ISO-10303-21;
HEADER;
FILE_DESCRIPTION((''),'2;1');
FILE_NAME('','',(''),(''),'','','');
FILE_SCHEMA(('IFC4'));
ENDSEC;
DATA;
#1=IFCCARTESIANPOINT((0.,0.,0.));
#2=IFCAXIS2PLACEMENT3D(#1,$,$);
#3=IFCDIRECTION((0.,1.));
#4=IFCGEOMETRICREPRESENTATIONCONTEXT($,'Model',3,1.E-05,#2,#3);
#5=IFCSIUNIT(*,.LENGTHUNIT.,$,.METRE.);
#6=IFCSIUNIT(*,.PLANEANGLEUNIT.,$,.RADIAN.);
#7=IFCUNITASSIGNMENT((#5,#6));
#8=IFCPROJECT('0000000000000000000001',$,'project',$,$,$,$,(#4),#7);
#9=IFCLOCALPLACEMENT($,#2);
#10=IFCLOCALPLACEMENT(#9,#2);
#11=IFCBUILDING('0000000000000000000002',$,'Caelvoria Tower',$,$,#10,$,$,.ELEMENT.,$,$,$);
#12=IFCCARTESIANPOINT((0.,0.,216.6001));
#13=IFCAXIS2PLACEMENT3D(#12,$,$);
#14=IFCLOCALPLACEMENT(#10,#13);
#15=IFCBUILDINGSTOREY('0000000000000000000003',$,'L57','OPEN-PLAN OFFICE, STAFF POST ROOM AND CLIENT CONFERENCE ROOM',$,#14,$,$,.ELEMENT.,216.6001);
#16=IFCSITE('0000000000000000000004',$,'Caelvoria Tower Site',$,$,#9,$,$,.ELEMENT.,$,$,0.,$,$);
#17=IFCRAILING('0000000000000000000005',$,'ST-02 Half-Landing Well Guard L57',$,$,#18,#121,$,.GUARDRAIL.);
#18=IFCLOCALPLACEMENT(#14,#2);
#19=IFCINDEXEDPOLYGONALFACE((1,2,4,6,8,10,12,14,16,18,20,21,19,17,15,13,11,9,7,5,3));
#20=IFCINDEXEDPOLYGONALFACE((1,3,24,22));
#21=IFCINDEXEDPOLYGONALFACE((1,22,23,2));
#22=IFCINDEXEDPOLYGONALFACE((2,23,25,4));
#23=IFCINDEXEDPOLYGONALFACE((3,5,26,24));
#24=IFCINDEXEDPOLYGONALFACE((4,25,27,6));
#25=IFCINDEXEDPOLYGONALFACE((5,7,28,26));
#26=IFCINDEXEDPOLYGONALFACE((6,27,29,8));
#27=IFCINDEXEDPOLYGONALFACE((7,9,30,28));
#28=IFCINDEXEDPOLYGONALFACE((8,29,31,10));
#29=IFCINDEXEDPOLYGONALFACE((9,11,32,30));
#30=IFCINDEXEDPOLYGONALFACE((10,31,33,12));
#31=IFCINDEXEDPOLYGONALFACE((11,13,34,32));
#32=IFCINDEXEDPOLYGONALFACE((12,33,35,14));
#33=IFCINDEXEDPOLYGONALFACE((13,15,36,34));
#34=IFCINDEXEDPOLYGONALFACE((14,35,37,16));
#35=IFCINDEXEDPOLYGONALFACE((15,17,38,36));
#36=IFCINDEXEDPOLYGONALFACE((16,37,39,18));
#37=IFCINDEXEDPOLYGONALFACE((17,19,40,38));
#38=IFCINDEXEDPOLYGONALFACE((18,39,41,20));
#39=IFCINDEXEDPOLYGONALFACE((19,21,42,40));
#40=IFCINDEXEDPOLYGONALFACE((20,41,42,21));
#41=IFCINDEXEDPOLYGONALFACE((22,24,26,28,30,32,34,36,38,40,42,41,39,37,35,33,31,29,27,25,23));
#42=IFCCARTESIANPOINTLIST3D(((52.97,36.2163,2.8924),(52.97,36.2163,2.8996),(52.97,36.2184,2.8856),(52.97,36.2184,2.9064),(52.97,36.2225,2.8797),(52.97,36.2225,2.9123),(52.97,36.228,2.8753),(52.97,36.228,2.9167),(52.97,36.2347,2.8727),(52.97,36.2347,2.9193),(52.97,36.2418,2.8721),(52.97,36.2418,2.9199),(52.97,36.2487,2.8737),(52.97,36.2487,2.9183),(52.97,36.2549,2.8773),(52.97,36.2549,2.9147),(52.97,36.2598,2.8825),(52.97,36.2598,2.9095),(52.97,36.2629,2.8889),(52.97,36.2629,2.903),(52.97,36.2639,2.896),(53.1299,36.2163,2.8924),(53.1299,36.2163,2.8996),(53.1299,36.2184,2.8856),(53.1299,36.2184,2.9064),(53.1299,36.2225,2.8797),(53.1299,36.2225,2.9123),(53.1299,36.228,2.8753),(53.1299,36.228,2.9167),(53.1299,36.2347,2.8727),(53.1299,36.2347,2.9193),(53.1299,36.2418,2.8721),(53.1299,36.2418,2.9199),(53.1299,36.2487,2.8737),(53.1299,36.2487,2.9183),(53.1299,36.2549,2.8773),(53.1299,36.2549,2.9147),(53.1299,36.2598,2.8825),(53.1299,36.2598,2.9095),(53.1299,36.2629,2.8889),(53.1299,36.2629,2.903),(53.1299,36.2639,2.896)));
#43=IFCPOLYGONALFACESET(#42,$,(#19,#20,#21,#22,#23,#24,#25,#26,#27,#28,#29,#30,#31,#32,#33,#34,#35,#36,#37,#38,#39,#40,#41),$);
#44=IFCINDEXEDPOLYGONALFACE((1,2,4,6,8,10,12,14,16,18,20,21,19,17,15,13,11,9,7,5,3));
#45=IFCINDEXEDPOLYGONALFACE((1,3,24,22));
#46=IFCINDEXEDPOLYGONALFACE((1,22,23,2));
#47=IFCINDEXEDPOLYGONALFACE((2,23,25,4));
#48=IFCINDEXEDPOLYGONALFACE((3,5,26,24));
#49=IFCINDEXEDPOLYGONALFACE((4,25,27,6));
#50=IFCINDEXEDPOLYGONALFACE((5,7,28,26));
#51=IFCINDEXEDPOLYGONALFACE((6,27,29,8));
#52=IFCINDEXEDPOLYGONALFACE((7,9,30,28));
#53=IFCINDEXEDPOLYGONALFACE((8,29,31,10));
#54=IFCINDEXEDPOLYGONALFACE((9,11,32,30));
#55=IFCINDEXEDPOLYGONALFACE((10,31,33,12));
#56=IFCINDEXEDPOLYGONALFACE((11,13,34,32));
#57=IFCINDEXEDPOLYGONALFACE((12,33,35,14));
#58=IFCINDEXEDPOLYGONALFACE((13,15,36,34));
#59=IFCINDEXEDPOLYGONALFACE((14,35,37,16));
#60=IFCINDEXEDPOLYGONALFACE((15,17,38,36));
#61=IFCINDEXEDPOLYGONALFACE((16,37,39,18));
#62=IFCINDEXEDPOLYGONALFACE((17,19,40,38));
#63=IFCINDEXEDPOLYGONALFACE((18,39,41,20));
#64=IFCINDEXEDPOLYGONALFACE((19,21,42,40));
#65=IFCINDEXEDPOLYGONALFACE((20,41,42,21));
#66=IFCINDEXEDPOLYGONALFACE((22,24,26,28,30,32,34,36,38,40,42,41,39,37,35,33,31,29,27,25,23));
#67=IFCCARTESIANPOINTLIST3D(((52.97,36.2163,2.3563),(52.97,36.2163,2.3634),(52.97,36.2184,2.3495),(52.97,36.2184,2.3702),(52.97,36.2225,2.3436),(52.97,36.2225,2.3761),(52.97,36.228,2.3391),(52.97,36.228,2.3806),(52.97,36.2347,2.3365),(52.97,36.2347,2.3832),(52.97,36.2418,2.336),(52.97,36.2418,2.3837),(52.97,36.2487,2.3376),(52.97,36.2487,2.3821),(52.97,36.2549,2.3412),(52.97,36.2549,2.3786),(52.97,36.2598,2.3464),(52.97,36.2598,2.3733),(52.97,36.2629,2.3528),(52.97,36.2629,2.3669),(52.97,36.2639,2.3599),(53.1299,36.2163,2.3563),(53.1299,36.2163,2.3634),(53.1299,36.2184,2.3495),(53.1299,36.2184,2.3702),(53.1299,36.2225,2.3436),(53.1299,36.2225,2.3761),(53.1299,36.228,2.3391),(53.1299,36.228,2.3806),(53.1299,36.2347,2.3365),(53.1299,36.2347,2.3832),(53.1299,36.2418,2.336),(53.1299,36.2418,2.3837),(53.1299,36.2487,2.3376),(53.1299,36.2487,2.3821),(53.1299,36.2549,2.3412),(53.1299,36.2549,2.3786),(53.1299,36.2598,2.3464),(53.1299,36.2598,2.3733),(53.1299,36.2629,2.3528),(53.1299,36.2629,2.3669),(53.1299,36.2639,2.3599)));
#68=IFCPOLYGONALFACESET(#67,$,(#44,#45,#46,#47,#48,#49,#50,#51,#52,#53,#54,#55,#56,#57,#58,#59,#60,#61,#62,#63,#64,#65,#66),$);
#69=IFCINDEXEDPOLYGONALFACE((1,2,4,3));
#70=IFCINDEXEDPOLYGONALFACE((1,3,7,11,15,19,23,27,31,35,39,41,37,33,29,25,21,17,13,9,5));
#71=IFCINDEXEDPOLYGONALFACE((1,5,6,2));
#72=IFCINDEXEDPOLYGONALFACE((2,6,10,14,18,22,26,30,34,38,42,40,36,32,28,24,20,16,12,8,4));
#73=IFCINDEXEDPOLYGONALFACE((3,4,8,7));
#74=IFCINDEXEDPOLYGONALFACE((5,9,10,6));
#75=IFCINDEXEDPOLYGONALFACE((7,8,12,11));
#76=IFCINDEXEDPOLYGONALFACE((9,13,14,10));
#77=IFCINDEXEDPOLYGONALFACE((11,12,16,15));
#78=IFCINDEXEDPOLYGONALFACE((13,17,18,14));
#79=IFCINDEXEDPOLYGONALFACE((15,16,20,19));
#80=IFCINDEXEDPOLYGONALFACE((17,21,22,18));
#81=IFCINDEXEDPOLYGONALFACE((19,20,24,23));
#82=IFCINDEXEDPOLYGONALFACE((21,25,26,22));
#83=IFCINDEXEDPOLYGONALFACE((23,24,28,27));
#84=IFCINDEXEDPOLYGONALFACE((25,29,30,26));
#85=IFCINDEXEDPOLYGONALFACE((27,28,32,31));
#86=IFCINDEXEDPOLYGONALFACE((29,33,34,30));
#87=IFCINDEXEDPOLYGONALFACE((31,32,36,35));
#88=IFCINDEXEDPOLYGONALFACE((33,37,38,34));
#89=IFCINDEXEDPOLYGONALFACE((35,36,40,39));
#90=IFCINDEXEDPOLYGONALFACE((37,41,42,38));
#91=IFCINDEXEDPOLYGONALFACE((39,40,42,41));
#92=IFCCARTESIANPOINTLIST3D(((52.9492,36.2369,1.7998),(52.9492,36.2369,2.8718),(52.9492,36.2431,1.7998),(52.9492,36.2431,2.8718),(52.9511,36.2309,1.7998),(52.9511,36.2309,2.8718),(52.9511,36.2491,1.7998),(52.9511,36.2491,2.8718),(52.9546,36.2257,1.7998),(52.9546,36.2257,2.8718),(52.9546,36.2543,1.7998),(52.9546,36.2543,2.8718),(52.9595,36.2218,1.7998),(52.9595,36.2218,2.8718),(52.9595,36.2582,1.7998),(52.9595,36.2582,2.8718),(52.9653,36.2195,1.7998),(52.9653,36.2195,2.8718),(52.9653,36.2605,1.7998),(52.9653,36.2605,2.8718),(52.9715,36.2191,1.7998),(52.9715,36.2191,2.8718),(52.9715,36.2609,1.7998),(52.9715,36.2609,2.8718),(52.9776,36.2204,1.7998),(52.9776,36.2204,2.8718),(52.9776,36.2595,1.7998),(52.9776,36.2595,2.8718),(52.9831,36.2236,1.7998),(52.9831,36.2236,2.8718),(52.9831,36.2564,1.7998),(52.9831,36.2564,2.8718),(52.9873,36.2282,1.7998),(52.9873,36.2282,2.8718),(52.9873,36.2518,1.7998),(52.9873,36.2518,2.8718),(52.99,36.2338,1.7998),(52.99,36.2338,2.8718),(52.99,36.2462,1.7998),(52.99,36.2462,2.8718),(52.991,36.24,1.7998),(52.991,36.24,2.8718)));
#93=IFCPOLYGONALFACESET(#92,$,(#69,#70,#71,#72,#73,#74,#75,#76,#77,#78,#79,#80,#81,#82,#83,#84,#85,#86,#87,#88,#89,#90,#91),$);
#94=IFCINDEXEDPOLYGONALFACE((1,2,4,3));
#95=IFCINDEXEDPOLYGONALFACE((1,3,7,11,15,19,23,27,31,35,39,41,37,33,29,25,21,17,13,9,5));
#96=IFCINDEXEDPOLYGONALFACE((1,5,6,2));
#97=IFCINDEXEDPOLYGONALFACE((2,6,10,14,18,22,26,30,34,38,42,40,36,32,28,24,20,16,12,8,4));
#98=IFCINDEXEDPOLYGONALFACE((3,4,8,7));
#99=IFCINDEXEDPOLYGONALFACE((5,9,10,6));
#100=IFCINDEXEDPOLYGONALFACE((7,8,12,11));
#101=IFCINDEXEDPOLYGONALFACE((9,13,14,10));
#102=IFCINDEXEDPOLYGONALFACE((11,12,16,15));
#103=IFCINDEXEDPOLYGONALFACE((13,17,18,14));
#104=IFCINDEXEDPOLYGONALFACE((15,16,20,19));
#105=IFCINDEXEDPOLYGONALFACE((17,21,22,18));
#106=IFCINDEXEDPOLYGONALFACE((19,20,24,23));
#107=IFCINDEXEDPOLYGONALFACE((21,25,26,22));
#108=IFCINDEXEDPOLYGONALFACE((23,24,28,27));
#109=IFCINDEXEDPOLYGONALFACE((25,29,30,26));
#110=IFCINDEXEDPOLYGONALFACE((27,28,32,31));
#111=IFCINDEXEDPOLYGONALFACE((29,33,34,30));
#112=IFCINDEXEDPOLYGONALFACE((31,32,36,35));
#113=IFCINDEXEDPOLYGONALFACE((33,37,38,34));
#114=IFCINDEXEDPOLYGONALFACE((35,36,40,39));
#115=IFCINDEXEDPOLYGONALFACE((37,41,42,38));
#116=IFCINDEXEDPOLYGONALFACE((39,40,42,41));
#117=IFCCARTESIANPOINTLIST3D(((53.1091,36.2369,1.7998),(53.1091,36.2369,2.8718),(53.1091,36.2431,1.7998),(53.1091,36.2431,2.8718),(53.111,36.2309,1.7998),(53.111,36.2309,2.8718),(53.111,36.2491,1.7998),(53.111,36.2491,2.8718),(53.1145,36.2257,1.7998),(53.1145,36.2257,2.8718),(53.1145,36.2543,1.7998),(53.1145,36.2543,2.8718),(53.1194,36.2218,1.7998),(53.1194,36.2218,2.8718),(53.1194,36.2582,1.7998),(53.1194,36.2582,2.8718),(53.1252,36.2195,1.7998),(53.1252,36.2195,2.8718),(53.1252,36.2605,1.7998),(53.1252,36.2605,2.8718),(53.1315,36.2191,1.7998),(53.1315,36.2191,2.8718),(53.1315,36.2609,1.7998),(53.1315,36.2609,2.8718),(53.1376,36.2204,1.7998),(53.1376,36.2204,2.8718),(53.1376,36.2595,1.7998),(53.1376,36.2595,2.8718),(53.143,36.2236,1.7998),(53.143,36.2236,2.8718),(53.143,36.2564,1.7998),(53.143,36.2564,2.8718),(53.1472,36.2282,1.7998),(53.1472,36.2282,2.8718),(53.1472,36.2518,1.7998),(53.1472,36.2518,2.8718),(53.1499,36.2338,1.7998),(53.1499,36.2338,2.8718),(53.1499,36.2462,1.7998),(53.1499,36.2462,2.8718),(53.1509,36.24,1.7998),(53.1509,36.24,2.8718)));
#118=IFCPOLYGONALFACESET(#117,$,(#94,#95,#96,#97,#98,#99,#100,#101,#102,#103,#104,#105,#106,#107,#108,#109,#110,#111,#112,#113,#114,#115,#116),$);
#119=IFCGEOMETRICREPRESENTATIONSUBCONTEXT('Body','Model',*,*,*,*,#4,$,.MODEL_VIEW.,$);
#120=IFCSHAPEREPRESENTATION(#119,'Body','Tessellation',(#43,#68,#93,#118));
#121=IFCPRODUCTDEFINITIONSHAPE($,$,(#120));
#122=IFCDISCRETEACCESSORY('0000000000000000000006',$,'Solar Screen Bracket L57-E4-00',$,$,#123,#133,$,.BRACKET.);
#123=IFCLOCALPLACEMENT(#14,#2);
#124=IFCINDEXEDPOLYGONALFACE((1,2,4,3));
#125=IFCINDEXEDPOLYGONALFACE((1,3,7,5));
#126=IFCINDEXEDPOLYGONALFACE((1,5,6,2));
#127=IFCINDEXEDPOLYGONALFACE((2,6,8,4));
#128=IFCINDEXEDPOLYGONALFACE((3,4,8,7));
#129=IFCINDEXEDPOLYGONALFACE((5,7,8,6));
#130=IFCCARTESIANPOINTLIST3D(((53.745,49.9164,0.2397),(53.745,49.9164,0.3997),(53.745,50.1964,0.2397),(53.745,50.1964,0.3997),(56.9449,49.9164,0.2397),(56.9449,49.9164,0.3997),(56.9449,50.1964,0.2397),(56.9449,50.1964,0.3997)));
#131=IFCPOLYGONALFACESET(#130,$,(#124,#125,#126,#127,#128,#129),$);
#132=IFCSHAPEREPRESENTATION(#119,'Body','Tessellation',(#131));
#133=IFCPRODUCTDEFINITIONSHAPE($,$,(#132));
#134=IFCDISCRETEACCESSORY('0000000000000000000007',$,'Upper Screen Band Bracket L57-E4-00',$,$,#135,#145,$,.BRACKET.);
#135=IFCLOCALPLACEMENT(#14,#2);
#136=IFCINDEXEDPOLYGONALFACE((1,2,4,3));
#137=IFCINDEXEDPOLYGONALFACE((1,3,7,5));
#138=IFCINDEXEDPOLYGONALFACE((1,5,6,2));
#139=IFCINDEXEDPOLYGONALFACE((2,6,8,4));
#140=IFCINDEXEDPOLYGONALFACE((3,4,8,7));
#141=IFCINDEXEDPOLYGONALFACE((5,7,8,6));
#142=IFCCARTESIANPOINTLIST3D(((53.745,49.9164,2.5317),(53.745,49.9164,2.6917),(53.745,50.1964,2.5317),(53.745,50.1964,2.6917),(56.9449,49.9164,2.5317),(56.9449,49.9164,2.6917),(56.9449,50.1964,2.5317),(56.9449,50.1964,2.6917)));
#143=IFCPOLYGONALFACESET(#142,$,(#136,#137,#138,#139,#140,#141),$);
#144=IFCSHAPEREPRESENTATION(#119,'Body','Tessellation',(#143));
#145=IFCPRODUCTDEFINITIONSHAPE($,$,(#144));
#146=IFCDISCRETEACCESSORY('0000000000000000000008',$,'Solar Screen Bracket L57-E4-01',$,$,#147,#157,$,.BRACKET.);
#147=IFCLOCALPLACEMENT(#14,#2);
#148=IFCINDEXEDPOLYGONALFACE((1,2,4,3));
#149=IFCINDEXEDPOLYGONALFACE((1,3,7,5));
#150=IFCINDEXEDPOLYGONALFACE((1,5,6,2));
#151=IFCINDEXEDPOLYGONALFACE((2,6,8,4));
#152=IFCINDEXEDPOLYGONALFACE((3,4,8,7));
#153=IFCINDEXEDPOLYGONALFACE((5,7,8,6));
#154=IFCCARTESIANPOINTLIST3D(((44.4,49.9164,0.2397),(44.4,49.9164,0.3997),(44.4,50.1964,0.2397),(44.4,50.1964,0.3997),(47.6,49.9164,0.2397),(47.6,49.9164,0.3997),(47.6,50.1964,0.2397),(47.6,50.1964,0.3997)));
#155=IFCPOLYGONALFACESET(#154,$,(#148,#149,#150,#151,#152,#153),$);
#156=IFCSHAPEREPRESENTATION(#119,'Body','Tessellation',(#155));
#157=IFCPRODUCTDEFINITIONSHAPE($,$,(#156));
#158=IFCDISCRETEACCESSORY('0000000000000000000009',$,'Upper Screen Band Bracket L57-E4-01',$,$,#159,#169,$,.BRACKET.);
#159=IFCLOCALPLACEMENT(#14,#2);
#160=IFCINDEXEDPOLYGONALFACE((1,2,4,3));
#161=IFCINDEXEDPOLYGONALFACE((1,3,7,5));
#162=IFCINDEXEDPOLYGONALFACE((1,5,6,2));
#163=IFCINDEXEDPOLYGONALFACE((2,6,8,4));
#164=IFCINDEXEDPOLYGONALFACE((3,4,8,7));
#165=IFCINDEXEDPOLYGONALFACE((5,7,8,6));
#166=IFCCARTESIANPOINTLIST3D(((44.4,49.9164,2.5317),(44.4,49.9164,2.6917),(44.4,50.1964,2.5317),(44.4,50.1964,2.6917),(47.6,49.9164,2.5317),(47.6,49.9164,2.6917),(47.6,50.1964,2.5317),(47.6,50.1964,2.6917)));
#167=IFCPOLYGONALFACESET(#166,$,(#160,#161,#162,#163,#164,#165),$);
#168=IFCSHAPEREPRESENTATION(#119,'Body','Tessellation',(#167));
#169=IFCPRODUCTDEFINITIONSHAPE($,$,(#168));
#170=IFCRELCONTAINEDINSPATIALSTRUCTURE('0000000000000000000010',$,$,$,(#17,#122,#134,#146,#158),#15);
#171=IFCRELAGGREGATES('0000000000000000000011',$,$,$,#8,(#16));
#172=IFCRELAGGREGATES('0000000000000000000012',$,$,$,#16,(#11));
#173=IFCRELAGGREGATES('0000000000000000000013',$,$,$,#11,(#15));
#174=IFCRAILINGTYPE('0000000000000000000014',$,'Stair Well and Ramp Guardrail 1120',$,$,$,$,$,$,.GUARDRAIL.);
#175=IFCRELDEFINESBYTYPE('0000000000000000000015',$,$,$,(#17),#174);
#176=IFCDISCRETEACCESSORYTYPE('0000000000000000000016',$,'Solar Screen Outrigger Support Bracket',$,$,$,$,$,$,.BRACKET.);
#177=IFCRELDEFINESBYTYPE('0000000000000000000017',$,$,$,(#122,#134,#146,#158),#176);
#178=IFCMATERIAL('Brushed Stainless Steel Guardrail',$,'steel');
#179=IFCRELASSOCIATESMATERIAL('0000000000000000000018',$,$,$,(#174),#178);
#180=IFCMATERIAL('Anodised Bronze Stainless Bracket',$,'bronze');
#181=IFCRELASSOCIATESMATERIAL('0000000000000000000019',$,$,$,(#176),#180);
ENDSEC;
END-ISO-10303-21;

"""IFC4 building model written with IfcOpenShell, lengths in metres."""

from ifc_helpers import new_model, si_unit, direction, frame, origin, origin_2d, place, context, subcontext, project, spatial, rectangle, circle, extrude, material, type_object, element, save


model = new_model("IFC4")

# Units and contexts
model_context = context("Model", 3, precision=1e-05, world=origin(), true_north=direction((0.0, 1.0)))
body_context = subcontext(model_context, "Body", "Model", "MODEL_VIEW")
ifc_project = project(units=[si_unit("LENGTHUNIT", "METRE"), si_unit("PLANEANGLEUNIT", "RADIAN")], contexts=[model_context])

# Site, building, storey
site_placement = place(None, origin())
site = spatial("IfcSite", under=ifc_project, at=site_placement, Name="Caelvoria Tower Site", CompositionType="ELEMENT", RefElevation=0.0)
building_placement = place(site_placement, origin())
building = spatial("IfcBuilding", under=site, at=building_placement, Name="Caelvoria Tower", CompositionType="ELEMENT")
storey_placement = place(building_placement, frame((0.0, 0.0, 216.6001)))
storey = spatial("IfcBuildingStorey", under=building, at=storey_placement, Name="L57", Description="OPEN-PLAN OFFICE, STAFF POST ROOM AND CLIENT CONFERENCE ROOM", CompositionType="ELEMENT", Elevation=216.6001)

# Railing
ifc_material_1 = material(Name="Brushed Stainless Steel Guardrail", Category="steel")
railing_type_1 = type_object("IfcRailingType", Name="Stair Well and Ramp Guardrail 1120", PredefinedType="GUARDRAIL", material=ifc_material_1)
railing_1_placement = place(storey_placement, frame((52.97, 36.24, 1.7998)))
element("IfcRailing", 1, at=railing_1_placement, inside=storey, type_object=railing_type_1, Name="ST-02 Half-Landing Well Guard L57", PredefinedType="GUARDRAIL", context=body_context, shape_type="SweptSolid", body=[
    extrude(circle(Radius=0.0239, at=origin_2d()), frame((0.0, 0.0, 1.0962), z_axis=(1.0, 0.0, 0.0), x_axis=(0.0, 1.0, 0.0)), (0.0, 0.0, 1.0), 0.1599),
    extrude(circle(Radius=0.0239, at=origin_2d()), frame((0.0, 0.0, 0.5601), z_axis=(1.0, 0.0, 0.0), x_axis=(0.0, 1.0, 0.0)), (0.0, 0.0, 1.0), 0.1599),
    extrude(circle(Radius=0.021, at=origin_2d()), origin(), (0.0, 0.0, 1.0), 1.072),
    extrude(circle(Radius=0.021, at=origin_2d()), frame((0.1599, 0.0, 0.0)), (0.0, 0.0, 1.0), 1.072),
])

# Discrete accessories
ifc_material_2 = material(Name="Anodised Bronze Stainless Bracket", Category="bronze")
discrete_accessory_type = type_object("IfcDiscreteAccessoryType", Name="Solar Screen Outrigger Support Bracket", PredefinedType="BRACKET", material=ifc_material_2)
for number, where, z_axis, x_axis, name in (
    (2, (55.345, 50.0564, 0.2397), (0.0, 0.0, 1.0), (-1.0, 0.0, 0.0), "Solar Screen Bracket L57-E4-00"),
    (3, (55.345, 50.0564, 2.5317), (0.0, 0.0, 1.0), (-1.0, 0.0, 0.0), "Upper Screen Band Bracket L57-E4-00"),
    (4, (46.0, 50.0564, 0.2397), (0.0, 0.0, 1.0), (-1.0, 0.0, 0.0), "Solar Screen Bracket L57-E4-01"),
    (5, (46.0, 50.0564, 2.5317), (0.0, 0.0, 1.0), (-1.0, 0.0, 0.0), "Upper Screen Band Bracket L57-E4-01"),
):
    element("IfcDiscreteAccessory", number, at=place(storey_placement, frame(where, z_axis=z_axis, x_axis=x_axis)), inside=storey, type_object=discrete_accessory_type, Name=name, PredefinedType="BRACKET", context=body_context, shape_type="SweptSolid", body=[
        extrude(rectangle(XDim=3.2, YDim=0.28, at=origin_2d()), origin(), (0.0, 0.0, 1.0), 0.1599),
    ])

save(model, "model.ifc")
